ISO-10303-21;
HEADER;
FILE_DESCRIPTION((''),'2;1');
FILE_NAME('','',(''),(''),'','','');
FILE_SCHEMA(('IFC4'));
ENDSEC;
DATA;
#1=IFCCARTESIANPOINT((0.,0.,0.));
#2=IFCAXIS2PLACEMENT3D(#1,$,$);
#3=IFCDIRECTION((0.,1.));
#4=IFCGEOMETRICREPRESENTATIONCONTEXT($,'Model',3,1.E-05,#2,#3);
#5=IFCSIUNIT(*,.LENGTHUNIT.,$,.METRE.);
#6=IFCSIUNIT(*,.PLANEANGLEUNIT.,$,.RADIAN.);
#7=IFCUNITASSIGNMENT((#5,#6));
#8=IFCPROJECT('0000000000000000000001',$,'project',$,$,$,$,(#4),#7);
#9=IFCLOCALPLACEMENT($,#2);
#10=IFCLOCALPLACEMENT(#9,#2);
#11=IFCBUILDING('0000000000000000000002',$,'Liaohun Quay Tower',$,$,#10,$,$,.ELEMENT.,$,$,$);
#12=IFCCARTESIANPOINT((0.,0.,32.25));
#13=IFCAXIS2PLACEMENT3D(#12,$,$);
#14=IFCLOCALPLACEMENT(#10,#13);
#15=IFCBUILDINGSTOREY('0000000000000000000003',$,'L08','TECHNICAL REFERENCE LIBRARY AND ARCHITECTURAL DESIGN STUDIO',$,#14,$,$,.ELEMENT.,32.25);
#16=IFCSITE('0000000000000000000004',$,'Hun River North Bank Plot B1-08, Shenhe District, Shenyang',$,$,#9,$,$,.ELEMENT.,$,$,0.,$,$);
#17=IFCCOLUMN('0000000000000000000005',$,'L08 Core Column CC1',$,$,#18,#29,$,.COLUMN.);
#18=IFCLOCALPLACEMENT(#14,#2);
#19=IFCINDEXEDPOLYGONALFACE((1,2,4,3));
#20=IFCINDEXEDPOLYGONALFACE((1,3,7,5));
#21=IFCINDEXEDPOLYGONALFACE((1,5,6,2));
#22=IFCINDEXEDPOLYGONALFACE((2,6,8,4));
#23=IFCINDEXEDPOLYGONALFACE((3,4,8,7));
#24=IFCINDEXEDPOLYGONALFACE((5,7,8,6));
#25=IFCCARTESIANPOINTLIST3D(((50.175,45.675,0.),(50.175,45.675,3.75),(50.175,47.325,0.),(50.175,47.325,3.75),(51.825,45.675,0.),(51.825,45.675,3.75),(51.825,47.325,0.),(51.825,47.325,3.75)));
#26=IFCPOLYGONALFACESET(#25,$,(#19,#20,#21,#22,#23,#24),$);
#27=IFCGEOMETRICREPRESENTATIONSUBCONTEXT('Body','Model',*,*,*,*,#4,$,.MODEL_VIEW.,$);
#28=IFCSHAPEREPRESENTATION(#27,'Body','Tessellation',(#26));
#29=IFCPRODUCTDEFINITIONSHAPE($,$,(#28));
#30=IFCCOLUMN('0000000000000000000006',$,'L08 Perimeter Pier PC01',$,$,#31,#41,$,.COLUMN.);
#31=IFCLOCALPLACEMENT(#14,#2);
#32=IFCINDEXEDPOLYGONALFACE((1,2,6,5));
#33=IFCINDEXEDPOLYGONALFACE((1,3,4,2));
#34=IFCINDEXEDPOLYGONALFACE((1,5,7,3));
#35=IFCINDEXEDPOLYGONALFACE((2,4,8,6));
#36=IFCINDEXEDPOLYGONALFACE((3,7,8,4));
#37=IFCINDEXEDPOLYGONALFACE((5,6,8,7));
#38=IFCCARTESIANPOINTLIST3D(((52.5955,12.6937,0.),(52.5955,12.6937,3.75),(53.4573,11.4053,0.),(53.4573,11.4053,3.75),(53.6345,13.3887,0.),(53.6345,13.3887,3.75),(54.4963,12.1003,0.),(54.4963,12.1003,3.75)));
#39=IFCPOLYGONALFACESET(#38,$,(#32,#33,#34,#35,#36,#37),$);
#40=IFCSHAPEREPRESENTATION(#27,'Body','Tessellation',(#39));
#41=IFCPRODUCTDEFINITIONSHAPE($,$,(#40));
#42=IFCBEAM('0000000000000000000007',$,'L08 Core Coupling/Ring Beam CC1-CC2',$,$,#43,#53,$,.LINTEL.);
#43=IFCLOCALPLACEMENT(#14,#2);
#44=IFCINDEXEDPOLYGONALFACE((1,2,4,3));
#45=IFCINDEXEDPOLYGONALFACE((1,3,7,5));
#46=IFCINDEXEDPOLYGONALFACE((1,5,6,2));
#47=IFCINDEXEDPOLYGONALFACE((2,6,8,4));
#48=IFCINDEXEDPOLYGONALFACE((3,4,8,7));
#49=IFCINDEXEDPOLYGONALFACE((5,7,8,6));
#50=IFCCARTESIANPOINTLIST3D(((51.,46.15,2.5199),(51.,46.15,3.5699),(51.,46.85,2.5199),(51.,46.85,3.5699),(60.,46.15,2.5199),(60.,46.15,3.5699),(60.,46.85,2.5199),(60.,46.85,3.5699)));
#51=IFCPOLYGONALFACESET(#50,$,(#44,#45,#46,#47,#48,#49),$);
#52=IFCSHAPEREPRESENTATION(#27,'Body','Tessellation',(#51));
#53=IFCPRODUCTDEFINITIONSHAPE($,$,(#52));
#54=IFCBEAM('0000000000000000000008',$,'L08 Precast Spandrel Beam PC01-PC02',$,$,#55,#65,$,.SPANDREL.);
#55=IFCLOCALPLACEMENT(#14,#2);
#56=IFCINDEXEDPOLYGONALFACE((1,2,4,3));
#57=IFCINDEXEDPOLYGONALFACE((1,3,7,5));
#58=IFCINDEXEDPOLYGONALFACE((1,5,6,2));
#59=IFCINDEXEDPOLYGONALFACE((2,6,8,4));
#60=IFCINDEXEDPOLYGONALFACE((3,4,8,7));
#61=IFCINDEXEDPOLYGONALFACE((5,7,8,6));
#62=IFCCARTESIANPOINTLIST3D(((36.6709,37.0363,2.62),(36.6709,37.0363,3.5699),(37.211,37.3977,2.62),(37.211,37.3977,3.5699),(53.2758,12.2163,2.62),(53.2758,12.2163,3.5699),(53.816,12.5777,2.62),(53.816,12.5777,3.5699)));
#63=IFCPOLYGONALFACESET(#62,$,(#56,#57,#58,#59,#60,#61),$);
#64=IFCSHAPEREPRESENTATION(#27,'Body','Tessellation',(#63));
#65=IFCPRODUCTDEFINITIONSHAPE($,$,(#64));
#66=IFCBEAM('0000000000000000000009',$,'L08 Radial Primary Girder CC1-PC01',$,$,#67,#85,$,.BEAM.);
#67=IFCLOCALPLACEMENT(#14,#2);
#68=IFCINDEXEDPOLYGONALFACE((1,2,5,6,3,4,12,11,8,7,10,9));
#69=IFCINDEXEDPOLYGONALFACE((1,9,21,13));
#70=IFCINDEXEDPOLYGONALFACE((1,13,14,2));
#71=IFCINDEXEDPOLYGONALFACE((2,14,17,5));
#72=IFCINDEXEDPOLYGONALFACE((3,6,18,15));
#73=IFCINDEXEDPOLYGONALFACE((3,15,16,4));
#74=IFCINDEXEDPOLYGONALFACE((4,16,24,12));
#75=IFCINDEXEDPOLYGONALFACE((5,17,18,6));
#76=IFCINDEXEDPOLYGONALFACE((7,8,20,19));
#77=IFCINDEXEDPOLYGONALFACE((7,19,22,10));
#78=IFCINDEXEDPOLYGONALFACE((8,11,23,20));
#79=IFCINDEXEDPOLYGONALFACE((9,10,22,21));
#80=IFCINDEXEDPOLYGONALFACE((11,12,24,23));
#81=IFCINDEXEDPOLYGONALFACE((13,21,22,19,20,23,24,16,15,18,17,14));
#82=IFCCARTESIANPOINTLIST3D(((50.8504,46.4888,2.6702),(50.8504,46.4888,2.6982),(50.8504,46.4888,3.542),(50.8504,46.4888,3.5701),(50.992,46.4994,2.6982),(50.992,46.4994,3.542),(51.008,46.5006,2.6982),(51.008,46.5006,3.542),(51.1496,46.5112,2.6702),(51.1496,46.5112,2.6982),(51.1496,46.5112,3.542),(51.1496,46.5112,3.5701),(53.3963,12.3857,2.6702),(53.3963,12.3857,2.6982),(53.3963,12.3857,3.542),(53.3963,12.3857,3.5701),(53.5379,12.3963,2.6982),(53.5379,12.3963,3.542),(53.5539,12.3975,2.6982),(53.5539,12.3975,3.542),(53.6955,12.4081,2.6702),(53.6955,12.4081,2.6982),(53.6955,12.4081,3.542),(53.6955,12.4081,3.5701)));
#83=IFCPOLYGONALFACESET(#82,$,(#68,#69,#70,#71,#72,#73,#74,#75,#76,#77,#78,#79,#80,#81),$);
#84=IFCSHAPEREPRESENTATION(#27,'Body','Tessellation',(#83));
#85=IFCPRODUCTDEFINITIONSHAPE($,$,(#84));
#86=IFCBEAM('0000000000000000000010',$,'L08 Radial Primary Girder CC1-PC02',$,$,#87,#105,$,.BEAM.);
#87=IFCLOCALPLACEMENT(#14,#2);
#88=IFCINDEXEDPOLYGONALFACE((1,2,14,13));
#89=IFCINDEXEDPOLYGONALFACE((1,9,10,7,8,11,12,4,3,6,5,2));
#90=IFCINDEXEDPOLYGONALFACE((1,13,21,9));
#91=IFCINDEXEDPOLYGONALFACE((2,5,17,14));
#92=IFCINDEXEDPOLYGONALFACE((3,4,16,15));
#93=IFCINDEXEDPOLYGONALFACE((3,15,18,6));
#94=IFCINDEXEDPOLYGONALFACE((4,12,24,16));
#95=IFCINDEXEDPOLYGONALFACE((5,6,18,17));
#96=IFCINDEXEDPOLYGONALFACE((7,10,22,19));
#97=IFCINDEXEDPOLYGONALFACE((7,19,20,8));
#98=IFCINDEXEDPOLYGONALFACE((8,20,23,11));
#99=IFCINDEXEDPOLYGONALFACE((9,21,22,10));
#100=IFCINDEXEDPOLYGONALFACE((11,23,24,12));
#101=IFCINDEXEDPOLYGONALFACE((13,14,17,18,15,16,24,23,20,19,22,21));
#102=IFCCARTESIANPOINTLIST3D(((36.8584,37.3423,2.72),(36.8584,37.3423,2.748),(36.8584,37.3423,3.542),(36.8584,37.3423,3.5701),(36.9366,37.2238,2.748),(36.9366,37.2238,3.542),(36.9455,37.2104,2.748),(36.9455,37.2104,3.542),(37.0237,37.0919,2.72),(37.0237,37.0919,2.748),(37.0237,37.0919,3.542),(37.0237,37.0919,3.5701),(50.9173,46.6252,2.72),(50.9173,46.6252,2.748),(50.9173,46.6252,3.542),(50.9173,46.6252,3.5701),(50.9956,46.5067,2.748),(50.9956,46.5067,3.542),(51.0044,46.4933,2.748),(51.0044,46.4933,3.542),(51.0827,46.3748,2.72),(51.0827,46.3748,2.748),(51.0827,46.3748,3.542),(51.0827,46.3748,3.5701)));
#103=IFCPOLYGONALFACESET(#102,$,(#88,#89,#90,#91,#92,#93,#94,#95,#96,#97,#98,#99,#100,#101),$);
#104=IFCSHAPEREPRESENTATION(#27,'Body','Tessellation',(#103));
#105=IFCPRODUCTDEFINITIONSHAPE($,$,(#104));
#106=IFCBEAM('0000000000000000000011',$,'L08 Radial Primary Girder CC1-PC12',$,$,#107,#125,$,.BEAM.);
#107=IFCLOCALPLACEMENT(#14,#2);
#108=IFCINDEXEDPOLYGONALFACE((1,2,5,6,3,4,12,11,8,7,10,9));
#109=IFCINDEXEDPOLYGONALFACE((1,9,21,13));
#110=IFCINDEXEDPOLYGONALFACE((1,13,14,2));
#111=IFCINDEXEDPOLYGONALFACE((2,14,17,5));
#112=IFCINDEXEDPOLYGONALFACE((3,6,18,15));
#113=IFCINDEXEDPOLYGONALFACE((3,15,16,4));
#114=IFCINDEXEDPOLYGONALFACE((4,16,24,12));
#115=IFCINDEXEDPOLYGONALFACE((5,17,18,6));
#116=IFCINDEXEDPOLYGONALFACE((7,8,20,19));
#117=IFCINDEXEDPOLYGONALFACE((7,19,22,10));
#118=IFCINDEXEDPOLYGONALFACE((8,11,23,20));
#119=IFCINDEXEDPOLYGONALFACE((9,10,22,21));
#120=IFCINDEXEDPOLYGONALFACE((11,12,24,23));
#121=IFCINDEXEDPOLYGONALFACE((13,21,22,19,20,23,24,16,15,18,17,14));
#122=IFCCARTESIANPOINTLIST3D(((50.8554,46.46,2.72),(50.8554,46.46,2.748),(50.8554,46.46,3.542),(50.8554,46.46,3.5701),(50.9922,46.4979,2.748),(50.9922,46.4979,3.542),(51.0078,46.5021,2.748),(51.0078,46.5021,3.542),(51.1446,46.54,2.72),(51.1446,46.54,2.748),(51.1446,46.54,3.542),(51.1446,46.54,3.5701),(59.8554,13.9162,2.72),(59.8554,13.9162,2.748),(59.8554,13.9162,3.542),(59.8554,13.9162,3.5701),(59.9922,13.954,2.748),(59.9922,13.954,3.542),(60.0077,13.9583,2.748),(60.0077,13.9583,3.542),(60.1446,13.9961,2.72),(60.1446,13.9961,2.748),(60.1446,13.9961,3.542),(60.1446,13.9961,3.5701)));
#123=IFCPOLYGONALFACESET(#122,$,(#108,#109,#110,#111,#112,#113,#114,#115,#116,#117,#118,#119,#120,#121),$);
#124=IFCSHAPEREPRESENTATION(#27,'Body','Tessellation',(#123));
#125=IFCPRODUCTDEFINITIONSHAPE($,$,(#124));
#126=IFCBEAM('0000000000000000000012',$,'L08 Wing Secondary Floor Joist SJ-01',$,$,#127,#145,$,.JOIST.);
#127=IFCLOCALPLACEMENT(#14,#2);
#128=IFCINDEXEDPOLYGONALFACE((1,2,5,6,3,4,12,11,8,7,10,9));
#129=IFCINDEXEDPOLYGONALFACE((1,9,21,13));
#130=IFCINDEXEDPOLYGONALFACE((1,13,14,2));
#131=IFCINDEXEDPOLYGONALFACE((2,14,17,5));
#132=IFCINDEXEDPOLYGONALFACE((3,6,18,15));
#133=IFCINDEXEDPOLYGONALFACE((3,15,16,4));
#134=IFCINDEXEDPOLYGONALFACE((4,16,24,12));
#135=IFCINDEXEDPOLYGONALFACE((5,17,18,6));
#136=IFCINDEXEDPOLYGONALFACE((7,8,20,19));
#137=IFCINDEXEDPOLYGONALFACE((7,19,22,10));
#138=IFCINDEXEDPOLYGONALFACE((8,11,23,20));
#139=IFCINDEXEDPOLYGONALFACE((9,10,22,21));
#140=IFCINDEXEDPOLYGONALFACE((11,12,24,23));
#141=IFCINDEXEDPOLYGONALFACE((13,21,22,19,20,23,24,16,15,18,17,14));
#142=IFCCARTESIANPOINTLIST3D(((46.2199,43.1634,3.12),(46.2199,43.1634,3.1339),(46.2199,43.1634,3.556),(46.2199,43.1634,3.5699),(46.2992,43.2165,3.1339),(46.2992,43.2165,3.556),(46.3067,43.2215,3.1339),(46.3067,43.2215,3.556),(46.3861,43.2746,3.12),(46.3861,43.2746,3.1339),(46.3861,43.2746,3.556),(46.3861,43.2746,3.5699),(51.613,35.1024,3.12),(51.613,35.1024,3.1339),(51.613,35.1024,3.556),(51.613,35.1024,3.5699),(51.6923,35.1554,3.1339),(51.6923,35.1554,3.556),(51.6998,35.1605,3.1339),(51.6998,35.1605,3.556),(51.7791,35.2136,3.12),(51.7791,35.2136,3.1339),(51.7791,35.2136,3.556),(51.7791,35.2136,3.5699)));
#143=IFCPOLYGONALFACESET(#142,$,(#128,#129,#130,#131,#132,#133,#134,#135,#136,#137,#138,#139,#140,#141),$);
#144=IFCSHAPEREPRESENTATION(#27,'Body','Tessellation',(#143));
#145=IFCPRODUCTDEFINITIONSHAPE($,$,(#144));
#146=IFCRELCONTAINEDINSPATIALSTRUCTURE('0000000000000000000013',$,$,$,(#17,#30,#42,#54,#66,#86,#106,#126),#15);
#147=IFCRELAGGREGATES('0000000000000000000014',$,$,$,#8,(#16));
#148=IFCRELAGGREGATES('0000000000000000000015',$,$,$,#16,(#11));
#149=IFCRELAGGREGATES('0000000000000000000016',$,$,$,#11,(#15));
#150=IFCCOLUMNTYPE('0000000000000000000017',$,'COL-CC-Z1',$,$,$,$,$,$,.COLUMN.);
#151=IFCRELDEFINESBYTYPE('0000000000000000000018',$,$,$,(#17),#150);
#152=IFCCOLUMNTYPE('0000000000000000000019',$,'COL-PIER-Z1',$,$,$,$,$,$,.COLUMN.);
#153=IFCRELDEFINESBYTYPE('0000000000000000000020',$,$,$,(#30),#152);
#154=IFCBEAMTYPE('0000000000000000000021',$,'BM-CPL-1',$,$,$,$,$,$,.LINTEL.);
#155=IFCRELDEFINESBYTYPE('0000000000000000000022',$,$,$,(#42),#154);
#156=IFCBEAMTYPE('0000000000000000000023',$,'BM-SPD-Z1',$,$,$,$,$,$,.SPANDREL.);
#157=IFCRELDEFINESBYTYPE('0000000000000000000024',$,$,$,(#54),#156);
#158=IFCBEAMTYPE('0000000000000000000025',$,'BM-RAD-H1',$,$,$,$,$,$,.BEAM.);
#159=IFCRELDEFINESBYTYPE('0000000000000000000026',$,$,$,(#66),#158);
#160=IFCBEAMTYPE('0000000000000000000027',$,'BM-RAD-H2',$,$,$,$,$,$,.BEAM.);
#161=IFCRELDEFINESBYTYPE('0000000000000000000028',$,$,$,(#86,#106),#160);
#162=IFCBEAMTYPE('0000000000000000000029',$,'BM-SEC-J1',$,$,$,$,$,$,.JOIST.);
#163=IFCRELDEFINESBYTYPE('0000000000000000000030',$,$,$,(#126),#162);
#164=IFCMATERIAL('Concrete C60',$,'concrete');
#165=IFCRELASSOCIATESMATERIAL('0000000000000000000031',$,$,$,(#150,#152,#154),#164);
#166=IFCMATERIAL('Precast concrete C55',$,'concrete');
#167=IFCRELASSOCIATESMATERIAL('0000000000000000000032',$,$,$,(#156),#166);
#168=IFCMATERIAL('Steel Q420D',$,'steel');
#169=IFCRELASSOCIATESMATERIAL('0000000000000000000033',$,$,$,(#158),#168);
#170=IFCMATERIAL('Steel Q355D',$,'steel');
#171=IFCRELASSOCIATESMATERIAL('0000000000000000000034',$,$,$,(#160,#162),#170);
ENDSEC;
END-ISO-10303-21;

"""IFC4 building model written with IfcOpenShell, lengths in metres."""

from ifc_helpers import new_model, si_unit, direction, frame, origin, origin_2d, place, context, subcontext, project, spatial, rectangle, i_section, extrude, source, transform, mapped, material, material_profile, profile_set, type_object, element, save


model = new_model("IFC4")

# Units and contexts
model_context = context("Model", 3, precision=1e-05, world=origin(), true_north=direction((0.0, 1.0)))
body_context = subcontext(model_context, "Body", "Model", "MODEL_VIEW")
ifc_project = project(units=[si_unit("LENGTHUNIT", "METRE"), si_unit("PLANEANGLEUNIT", "RADIAN")], contexts=[model_context])

# Site, building, storey
site_placement = place(None, origin())
site = spatial("IfcSite", under=ifc_project, at=site_placement, Name="Hun River North Bank Plot B1-08, Shenhe District, Shenyang", CompositionType="ELEMENT", RefElevation=0.0)
building_placement = place(site_placement, origin())
building = spatial("IfcBuilding", under=site, at=building_placement, Name="Liaohun Quay Tower", CompositionType="ELEMENT")
storey_placement = place(building_placement, frame((0.0, 0.0, 32.25)))
storey = spatial("IfcBuildingStorey", under=building, at=storey_placement, Name="L08", Description="TECHNICAL REFERENCE LIBRARY AND ARCHITECTURAL DESIGN STUDIO", CompositionType="ELEMENT", Elevation=32.25)

# Columns
ifc_material_1 = material(Name="Concrete C60", Category="concrete")
ifc_material_profile_1 = material_profile(ifc_material_1, rectangle(XDim=1.6499, YDim=1.6499, at=origin_2d()), Name="RC1650x1650")
ifc_profile_set_1 = profile_set([ifc_material_profile_1], Name="Concrete C60")
column_type_1 = type_object("IfcColumnType", Name="COL-CC-Z1", PredefinedType="COLUMN", material=ifc_profile_set_1)
shared_shape_1 = source(origin(), body_context, "Body", "SweptSolid", [
    extrude(rectangle(XDim=1.6499, YDim=1.6499, at=origin_2d()), origin(), (0.0, 0.0, 1.0), 3.75),
])
column_1_placement = place(storey_placement, frame((51.0, 46.5, 0.0), z_axis=(0.0, 0.0, 1.0), x_axis=(1.0, 0.0, 0.0)))
element("IfcColumn", 1, at=column_1_placement, inside=storey, type_object=column_type_1, Name="L08 Core Column CC1", PredefinedType="COLUMN", context=body_context, shape_type="MappedRepresentation", body=[
    mapped(shared_shape_1, transform((0.0, 0.0, 0.0), x_axis=(1.0, 0.0, 0.0), y_axis=(0.0, 1.0, 0.0), z_axis=(0.0, 0.0, 1.0), scale=1.0)),
])
ifc_material_profile_2 = material_profile(ifc_material_1, rectangle(XDim=1.55, YDim=1.25, at=origin_2d()), Name="RC1550x1250")
ifc_profile_set_2 = profile_set([ifc_material_profile_2], Name="Concrete C60")
column_type_2 = type_object("IfcColumnType", Name="COL-PIER-Z1", PredefinedType="COLUMN", material=ifc_profile_set_2)
shared_shape_2 = source(origin(), body_context, "Body", "SweptSolid", [
    extrude(rectangle(XDim=1.55, YDim=1.25, at=origin_2d()), origin(), (0.0, 0.0, 1.0), 3.75),
])
column_2_placement = place(storey_placement, frame((53.5459, 12.397, 0.0), z_axis=(0.0, 0.0, 1.0), x_axis=(-0.556006, 0.831179, 0.0)))
element("IfcColumn", 2, at=column_2_placement, inside=storey, type_object=column_type_2, Name="L08 Perimeter Pier PC01", PredefinedType="COLUMN", context=body_context, shape_type="MappedRepresentation", body=[
    mapped(shared_shape_2, transform((0.0, 0.0, 0.0), x_axis=(1.0, 0.0, 0.0), y_axis=(0.0, 1.0, 0.0), z_axis=(0.0, 0.0, 1.0), scale=1.0)),
])

# Beams
ifc_material_profile_3 = material_profile(ifc_material_1, rectangle(XDim=0.7, YDim=1.05, at=origin_2d()), Name="RC700x1050")
ifc_profile_set_3 = profile_set([ifc_material_profile_3], Name="Concrete C60")
beam_type_1 = type_object("IfcBeamType", Name="BM-CPL-1", PredefinedType="LINTEL", material=ifc_profile_set_3)
shared_shape_3 = source(origin(), body_context, "Body", "SweptSolid", [
    extrude(rectangle(XDim=0.7, YDim=1.05, at=origin_2d()), origin(), (0.0, 0.0, 1.0), 9.0),
])
beam_1_placement = place(storey_placement, frame((51.0, 46.5, 3.0449), z_axis=(1.0, 0.0, 0.0), x_axis=(0.0, 1.0, 0.0)))
element("IfcBeam", 3, at=beam_1_placement, inside=storey, type_object=beam_type_1, Name="L08 Core Coupling/Ring Beam CC1-CC2", PredefinedType="LINTEL", context=body_context, shape_type="MappedRepresentation", body=[
    mapped(shared_shape_3, transform((0.0, 0.0, 0.0), x_axis=(1.0, 0.0, 0.0), y_axis=(0.0, 1.0, 0.0), z_axis=(0.0, 0.0, 1.0), scale=1.0)),
])
ifc_material_2 = material(Name="Precast concrete C55", Category="concrete")
ifc_material_profile_4 = material_profile(ifc_material_2, rectangle(XDim=0.6499, YDim=0.95, at=origin_2d()), Name="RC650x950")
ifc_profile_set_4 = profile_set([ifc_material_profile_4], Name="Precast concrete C55")
beam_type_2 = type_object("IfcBeamType", Name="BM-SPD-Z1", PredefinedType="SPANDREL", material=ifc_profile_set_4)
shared_shape_4 = source(origin(), body_context, "Body", "SweptSolid", [
    extrude(rectangle(XDim=0.6499, YDim=0.95, at=origin_2d()), origin(), (0.0, 0.0, 1.0), 29.8623),
])
beam_2_placement = place(storey_placement, frame((53.5459, 12.397, 3.095), z_axis=(-0.55605, 0.831149, 0.0), x_axis=(-0.831149, -0.55605, 0.0)))
element("IfcBeam", 4, at=beam_2_placement, inside=storey, type_object=beam_type_2, Name="L08 Precast Spandrel Beam PC01-PC02", PredefinedType="SPANDREL", context=body_context, shape_type="MappedRepresentation", body=[
    mapped(shared_shape_4, transform((0.0, 0.0, 0.0), x_axis=(1.0, 0.0, 0.0), y_axis=(0.0, 1.0, 0.0), z_axis=(0.0, 0.0, 1.0), scale=1.0)),
])
ifc_material_3 = material(Name="Steel Q420D", Category="steel")
ifc_material_profile_5 = material_profile(ifc_material_3, i_section(OverallWidth=0.3, OverallDepth=0.8999, WebThickness=0.0161, FlangeThickness=0.0281, at=origin_2d()), Name="HN900x300x16x28")
ifc_profile_set_5 = profile_set([ifc_material_profile_5], Name="Steel Q420D")
beam_type_3 = type_object("IfcBeamType", Name="BM-RAD-H1", PredefinedType="BEAM", material=ifc_profile_set_5)
shared_shape_5 = source(origin(), body_context, "Body", "SweptSolid", [
    extrude(i_section(OverallWidth=0.3, OverallDepth=0.8999, WebThickness=0.0161, FlangeThickness=0.0281, at=origin_2d()), origin(), (0.0, 0.0, 1.0), 34.198),
])
beam_3_placement = place(storey_placement, frame((51.0, 46.5, 3.1201), z_axis=(0.074446, -0.997225, 0.0), x_axis=(0.997225, 0.074446, 0.0)))
element("IfcBeam", 5, at=beam_3_placement, inside=storey, type_object=beam_type_3, Name="L08 Radial Primary Girder CC1-PC01", PredefinedType="BEAM", context=body_context, shape_type="MappedRepresentation", body=[
    mapped(shared_shape_5, transform((0.0, 0.0, 0.0), x_axis=(1.0, 0.0, 0.0), y_axis=(0.0, 1.0, 0.0), z_axis=(0.0, 0.0, 1.0), scale=1.0)),
])
ifc_material_4 = material(Name="Steel Q355D", Category="steel")
ifc_material_profile_6 = material_profile(ifc_material_4, i_section(OverallWidth=0.3, OverallDepth=0.8501, WebThickness=0.0161, FlangeThickness=0.0281, at=origin_2d()), Name="HN850x300x16x28")
ifc_profile_set_6 = profile_set([ifc_material_profile_6], Name="Steel Q355D")
beam_type_4 = type_object("IfcBeamType", Name="BM-RAD-H2", PredefinedType="BEAM", material=ifc_profile_set_6)
shared_shape_6 = source(origin(), body_context, "Body", "SweptSolid", [
    extrude(i_section(OverallWidth=0.3, OverallDepth=0.8501, WebThickness=0.0161, FlangeThickness=0.0281, at=origin_2d()), origin(), (0.0, 0.0, 1.0), 16.8472),
])
beam_4_placement = place(storey_placement, frame((51.0, 46.5, 3.145), z_axis=(-0.834501, -0.551006, 0.0), x_axis=(0.551006, -0.834501, 0.0)))
element("IfcBeam", 6, at=beam_4_placement, inside=storey, type_object=beam_type_4, Name="L08 Radial Primary Girder CC1-PC02", PredefinedType="BEAM", context=body_context, shape_type="MappedRepresentation", body=[
    mapped(shared_shape_6, transform((0.0, 0.0, 0.0), x_axis=(1.0, 0.0, 0.0), y_axis=(0.0, 1.0, 0.0), z_axis=(0.0, 0.0, 1.0), scale=1.0)),
])
shared_shape_7 = source(origin(), body_context, "Body", "SweptSolid", [
    extrude(i_section(OverallWidth=0.3, OverallDepth=0.8501, WebThickness=0.0161, FlangeThickness=0.0281, at=origin_2d()), origin(), (0.0, 0.0, 1.0), 33.7654),
])
beam_5_placement = place(storey_placement, frame((51.0, 46.5, 3.145), z_axis=(0.266544, -0.963823, 0.0), x_axis=(0.963823, 0.266544, 0.0)))
element("IfcBeam", 7, at=beam_5_placement, inside=storey, type_object=beam_type_4, Name="L08 Radial Primary Girder CC1-PC12", PredefinedType="BEAM", context=body_context, shape_type="MappedRepresentation", body=[
    mapped(shared_shape_7, transform((0.0, 0.0, 0.0), x_axis=(1.0, 0.0, 0.0), y_axis=(0.0, 1.0, 0.0), z_axis=(0.0, 0.0, 1.0), scale=1.0)),
])
ifc_material_profile_7 = material_profile(ifc_material_4, i_section(OverallWidth=0.2, OverallDepth=0.45, WebThickness=0.009, FlangeThickness=0.0139, at=origin_2d()), Name="HN450x200x9x14")
ifc_profile_set_7 = profile_set([ifc_material_profile_7], Name="Steel Q355D")
beam_type_5 = type_object("IfcBeamType", Name="BM-SEC-J1", PredefinedType="JOIST", material=ifc_profile_set_7)
shared_shape_8 = source(origin(), body_context, "Body", "SweptSolid", [
    extrude(i_section(OverallWidth=0.2, OverallDepth=0.45, WebThickness=0.009, FlangeThickness=0.0139, at=origin_2d()), origin(), (0.0, 0.0, 1.0), 9.6987),
])
beam_6_placement = place(storey_placement, frame((51.696, 35.158, 3.345), z_axis=(-0.556059, 0.831143, 0.0), x_axis=(-0.831143, -0.556059, 0.0)))
element("IfcBeam", 8, at=beam_6_placement, inside=storey, type_object=beam_type_5, Name="L08 Wing Secondary Floor Joist SJ-01", PredefinedType="JOIST", context=body_context, shape_type="MappedRepresentation", body=[
    mapped(shared_shape_8, transform((0.0, 0.0, 0.0), x_axis=(1.0, 0.0, 0.0), y_axis=(0.0, 1.0, 0.0), z_axis=(0.0, 0.0, 1.0), scale=1.0)),
])

save(model, "model.ifc")
